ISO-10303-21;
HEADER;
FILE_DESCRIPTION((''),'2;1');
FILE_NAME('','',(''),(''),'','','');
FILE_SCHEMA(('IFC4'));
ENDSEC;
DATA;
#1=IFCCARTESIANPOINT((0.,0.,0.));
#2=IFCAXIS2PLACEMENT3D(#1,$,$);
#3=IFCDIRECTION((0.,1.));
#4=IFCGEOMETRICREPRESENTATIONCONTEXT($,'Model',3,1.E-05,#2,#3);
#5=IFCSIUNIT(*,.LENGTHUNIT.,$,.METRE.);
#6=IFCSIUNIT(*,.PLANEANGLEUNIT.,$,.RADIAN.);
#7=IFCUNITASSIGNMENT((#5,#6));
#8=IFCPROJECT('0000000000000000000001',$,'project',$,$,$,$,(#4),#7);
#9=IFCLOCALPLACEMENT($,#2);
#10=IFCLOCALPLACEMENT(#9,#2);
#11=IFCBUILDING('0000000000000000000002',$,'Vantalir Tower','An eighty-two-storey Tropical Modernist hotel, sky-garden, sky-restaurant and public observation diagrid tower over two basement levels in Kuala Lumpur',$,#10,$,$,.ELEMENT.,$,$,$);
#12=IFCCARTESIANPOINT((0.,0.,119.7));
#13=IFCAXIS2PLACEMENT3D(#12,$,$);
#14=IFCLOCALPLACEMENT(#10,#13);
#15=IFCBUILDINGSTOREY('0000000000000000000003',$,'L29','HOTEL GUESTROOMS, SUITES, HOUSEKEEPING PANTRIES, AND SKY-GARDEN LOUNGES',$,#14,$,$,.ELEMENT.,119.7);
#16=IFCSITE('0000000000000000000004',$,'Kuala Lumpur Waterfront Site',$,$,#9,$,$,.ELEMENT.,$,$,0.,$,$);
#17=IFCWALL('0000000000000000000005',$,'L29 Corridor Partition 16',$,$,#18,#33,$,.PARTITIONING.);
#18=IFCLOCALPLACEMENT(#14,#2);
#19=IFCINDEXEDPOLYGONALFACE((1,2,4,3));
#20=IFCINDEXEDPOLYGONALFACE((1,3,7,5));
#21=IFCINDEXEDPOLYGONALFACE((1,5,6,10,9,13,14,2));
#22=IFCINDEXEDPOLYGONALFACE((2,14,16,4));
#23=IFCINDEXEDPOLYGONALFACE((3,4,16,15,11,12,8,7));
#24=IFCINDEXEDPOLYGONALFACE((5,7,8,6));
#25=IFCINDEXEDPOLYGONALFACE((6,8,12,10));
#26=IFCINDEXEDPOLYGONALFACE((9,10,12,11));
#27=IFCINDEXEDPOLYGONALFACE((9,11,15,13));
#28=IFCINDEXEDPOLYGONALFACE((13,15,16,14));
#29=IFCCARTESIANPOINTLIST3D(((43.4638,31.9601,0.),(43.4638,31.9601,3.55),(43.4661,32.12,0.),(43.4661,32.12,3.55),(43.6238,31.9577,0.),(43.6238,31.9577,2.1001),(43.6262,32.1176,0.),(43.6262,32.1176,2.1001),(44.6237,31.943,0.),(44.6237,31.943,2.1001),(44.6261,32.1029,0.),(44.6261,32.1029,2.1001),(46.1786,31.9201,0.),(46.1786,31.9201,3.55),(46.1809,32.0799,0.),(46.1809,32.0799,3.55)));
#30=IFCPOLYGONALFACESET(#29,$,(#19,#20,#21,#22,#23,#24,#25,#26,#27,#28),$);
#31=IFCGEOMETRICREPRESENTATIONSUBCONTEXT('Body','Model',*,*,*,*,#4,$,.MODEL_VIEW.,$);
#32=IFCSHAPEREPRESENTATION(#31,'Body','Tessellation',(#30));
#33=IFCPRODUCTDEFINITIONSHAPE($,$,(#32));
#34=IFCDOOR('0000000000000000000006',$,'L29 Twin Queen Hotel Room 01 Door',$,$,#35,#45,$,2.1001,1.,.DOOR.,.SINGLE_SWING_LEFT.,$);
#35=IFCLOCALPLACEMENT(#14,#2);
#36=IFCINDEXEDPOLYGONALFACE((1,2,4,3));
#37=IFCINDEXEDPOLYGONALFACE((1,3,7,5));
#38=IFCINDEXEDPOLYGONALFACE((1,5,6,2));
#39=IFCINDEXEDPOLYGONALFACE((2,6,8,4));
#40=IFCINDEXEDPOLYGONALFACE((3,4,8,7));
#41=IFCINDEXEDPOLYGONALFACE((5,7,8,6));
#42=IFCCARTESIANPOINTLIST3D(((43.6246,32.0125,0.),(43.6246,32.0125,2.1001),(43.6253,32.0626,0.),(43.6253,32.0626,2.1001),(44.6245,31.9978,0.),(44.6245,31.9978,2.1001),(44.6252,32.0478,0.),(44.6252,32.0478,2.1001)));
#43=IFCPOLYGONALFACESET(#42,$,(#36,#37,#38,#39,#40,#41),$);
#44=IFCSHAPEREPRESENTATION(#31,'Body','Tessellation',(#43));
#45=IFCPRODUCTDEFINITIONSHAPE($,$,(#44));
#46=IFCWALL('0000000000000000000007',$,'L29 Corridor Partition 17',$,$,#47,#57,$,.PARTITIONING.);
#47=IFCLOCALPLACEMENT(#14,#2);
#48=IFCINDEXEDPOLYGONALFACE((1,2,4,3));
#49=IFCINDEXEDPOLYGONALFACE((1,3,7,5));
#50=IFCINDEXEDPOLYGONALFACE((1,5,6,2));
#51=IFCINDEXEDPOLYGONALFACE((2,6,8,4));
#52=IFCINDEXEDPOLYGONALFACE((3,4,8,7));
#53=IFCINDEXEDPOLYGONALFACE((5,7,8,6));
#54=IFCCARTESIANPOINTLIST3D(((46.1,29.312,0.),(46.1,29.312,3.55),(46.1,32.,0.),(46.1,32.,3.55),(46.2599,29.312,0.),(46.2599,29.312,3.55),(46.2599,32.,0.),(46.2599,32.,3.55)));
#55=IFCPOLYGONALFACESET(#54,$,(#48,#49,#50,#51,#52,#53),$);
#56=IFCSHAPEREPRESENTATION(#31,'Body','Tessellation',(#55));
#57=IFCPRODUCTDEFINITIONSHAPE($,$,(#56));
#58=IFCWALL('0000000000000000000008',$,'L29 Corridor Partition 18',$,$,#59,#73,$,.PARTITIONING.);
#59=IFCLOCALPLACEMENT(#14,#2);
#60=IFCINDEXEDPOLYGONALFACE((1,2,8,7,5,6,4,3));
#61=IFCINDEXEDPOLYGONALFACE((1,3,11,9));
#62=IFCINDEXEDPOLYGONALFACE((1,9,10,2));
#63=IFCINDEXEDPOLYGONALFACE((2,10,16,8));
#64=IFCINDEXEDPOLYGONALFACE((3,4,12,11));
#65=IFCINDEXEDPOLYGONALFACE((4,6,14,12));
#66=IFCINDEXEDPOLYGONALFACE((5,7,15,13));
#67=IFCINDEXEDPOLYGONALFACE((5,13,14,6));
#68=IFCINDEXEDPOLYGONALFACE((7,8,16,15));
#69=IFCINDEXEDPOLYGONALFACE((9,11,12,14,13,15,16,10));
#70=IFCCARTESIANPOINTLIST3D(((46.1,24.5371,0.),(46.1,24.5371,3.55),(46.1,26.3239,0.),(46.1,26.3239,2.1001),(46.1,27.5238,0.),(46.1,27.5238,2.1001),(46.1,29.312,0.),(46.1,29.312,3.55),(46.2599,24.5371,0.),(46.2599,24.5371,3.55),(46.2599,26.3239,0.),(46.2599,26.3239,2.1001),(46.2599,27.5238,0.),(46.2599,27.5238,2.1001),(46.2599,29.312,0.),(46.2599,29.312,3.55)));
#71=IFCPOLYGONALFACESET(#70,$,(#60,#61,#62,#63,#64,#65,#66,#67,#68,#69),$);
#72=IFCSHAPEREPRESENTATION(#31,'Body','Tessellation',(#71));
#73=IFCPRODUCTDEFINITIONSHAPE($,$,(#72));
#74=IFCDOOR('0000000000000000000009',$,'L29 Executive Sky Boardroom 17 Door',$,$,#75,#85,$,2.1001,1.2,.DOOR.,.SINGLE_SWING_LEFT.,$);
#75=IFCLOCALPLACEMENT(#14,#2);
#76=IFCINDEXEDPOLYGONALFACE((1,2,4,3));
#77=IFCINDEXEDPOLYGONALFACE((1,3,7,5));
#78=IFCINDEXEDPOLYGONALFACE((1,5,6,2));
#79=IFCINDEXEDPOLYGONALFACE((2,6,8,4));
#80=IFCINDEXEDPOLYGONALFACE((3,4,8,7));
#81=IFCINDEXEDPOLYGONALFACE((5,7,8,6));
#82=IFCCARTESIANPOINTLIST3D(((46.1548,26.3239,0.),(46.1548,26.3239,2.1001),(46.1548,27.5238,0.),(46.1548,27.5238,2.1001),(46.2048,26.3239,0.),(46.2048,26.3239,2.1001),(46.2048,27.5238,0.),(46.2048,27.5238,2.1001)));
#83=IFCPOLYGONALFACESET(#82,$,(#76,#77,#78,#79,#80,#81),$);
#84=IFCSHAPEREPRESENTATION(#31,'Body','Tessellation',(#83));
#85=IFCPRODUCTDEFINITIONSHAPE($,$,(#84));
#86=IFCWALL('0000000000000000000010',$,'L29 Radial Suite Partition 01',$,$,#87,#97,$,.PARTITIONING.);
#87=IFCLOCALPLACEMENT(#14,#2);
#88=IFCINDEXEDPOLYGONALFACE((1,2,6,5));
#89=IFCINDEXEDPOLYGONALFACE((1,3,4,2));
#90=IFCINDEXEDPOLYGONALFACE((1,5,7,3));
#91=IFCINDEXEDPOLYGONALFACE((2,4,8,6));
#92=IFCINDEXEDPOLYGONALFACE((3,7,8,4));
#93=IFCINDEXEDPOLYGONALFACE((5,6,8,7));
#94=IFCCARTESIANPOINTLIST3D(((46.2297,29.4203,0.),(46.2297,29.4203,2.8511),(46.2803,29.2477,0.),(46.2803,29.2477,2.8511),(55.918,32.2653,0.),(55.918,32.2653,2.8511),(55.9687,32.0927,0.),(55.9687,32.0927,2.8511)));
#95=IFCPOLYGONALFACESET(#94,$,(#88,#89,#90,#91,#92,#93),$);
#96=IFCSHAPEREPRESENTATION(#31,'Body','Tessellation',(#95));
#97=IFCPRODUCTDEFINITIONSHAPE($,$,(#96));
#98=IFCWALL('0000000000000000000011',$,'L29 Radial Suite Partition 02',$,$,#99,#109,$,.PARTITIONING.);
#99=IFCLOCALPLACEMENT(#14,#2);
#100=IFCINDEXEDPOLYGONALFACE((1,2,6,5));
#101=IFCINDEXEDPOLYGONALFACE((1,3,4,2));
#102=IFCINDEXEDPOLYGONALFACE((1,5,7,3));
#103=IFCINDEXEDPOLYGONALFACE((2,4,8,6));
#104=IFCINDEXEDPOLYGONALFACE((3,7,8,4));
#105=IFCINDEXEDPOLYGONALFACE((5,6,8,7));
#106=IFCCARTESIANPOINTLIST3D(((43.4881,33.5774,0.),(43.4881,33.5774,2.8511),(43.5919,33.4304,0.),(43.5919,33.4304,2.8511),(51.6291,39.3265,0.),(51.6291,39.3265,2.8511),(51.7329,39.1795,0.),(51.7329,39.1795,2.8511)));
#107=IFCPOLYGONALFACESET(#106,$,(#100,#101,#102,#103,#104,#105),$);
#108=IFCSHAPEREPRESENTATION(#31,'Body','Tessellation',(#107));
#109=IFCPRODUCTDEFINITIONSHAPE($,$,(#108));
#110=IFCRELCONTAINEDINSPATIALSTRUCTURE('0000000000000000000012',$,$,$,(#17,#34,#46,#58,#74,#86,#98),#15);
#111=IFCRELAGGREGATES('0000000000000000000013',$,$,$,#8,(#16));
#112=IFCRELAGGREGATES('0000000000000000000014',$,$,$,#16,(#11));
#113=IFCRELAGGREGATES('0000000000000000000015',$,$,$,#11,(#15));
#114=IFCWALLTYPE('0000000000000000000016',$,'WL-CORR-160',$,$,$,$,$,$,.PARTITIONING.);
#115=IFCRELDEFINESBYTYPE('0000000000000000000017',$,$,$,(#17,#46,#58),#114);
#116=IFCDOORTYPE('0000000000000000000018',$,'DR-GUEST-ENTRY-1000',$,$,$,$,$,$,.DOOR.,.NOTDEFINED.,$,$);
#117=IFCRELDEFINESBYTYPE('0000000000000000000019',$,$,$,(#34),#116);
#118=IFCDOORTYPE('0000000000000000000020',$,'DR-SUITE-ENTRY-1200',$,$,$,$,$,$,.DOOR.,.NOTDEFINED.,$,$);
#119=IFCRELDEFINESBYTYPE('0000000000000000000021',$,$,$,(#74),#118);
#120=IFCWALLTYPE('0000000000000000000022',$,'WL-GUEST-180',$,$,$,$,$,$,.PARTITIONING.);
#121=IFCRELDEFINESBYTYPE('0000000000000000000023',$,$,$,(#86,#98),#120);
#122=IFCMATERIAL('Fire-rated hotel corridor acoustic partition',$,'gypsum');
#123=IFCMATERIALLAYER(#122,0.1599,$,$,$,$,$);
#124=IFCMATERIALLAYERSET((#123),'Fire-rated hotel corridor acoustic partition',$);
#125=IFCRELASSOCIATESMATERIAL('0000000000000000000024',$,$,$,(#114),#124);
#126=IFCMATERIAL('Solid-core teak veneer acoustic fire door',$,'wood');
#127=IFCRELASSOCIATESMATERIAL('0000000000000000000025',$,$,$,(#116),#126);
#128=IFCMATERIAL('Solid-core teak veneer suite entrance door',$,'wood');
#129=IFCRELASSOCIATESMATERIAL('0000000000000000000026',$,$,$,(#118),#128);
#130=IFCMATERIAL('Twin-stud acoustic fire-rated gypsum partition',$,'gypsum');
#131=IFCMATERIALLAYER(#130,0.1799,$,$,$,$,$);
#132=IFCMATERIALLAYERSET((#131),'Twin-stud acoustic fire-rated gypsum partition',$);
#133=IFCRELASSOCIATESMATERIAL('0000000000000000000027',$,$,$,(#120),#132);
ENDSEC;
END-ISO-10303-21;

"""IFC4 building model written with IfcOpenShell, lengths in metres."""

from ifc_helpers import new_model, si_unit, direction, frame, frame_2d, origin, place, context, subcontext, project, spatial, rectangle, extrude, material, layer, layer_set, type_object, element, fill, save


model = new_model("IFC4")

# Units and contexts
model_context = context("Model", 3, precision=1e-05, world=origin(), true_north=direction((0.0, 1.0)))
body_context = subcontext(model_context, "Body", "Model", "MODEL_VIEW")
ifc_project = project(units=[si_unit("LENGTHUNIT", "METRE"), si_unit("PLANEANGLEUNIT", "RADIAN")], contexts=[model_context])

# Site, building, storey
site_placement = place(None, origin())
site = spatial("IfcSite", under=ifc_project, at=site_placement, Name="Kuala Lumpur Waterfront Site", CompositionType="ELEMENT", RefElevation=0.0)
building_placement = place(site_placement, origin())
building = spatial("IfcBuilding", under=site, at=building_placement, Name="Vantalir Tower", Description="An eighty-two-storey Tropical Modernist hotel, sky-garden, sky-restaurant and public observation diagrid tower over two basement levels in Kuala Lumpur", CompositionType="ELEMENT")
storey_placement = place(building_placement, frame((0.0, 0.0, 119.7)))
storey = spatial("IfcBuildingStorey", under=building, at=storey_placement, Name="L29", Description="HOTEL GUESTROOMS, SUITES, HOUSEKEEPING PANTRIES, AND SKY-GARDEN LOUNGES", CompositionType="ELEMENT", Elevation=119.7)

# Shared definitions
ifc_material_1 = material(Name="Fire-rated hotel corridor acoustic partition", Category="gypsum")
ifc_layer_1 = layer(ifc_material_1, 0.1599)
ifc_layer_set_1 = layer_set([ifc_layer_1], Name="Fire-rated hotel corridor acoustic partition")
wall_type_1 = type_object("IfcWallType", Name="WL-CORR-160", PredefinedType="PARTITIONING", material=ifc_layer_set_1)

# Wall, opening, door
wall_1_placement = place(storey_placement, frame((43.4651, 32.04, 0.0), z_axis=(0.0, 0.0, 1.0), x_axis=(0.999891, -0.014747, 0.0)))
wall_1 = element("IfcWall", 1, at=wall_1_placement, inside=storey, type_object=wall_type_1, Name="L29 Corridor Partition 16", PredefinedType="PARTITIONING", context=body_context, shape_type="SweptSolid", body=[
    extrude(rectangle(XDim=2.7151, YDim=0.1599, at=frame_2d((1.3574, 0.0))), origin(), (0.0, 0.0, 1.0), 3.55),
])
opening_1_placement = place(wall_1_placement, frame((0.1599, 0.0, 0.0)))
opening_1 = element("IfcOpeningElement", 2, at=opening_1_placement, cuts=wall_1, PredefinedType="OPENING", context=body_context, shape_type="SweptSolid", body=[
    extrude(rectangle(XDim=1.0, YDim=2.1001, at=frame_2d((0.5, 1.05))), frame((0.0, 0.0898, 0.0), z_axis=(0.0, -1.0, 0.0), x_axis=(1.0, 0.0, 0.0)), (0.0, 0.0, 1.0), 0.1799),
])
ifc_material_2 = material(Name="Solid-core teak veneer acoustic fire door", Category="wood")
door_type_1 = type_object("IfcDoorType", Name="DR-GUEST-ENTRY-1000", OperationType="NOTDEFINED", PredefinedType="DOOR", material=ifc_material_2)
door_1_placement = place(opening_1_placement, origin())
door_1 = element("IfcDoor", 3, at=door_1_placement, inside=storey, type_object=door_type_1, Name="L29 Twin Queen Hotel Room 01 Door", OperationType="SINGLE_SWING_LEFT", OverallHeight=2.1001, OverallWidth=1.0, PredefinedType="DOOR", context=body_context, shape_type="SweptSolid", body=[
    extrude(rectangle(XDim=1.0, YDim=2.1001, at=frame_2d((0.5, 1.05))), frame((0.0, 0.0249, 0.0), z_axis=(0.0, -1.0, 0.0), x_axis=(1.0, 0.0, 0.0)), (0.0, 0.0, 1.0), 0.05),
])
fill(opening_1, door_1)

# Wall
wall_2_placement = place(storey_placement, frame((46.1799, 32.0, 0.0), z_axis=(0.0, 0.0, 1.0), x_axis=(0.0, -1.0, 0.0)))
element("IfcWall", 4, at=wall_2_placement, inside=storey, type_object=wall_type_1, Name="L29 Corridor Partition 17", PredefinedType="PARTITIONING", context=body_context, shape_type="SweptSolid", body=[
    extrude(rectangle(XDim=2.688, YDim=0.1599, at=frame_2d((1.344, 0.0))), origin(), (0.0, 0.0, 1.0), 3.55),
])

# Wall, opening, door
wall_3_placement = place(storey_placement, frame((46.1799, 29.312, 0.0), z_axis=(0.0, 0.0, 1.0), x_axis=(0.0, -1.0, 0.0)))
wall_3 = element("IfcWall", 5, at=wall_3_placement, inside=storey, type_object=wall_type_1, Name="L29 Corridor Partition 18", PredefinedType="PARTITIONING", context=body_context, shape_type="SweptSolid", body=[
    extrude(rectangle(XDim=4.7749, YDim=0.1599, at=frame_2d((2.3875, 0.0))), origin(), (0.0, 0.0, 1.0), 3.55),
])
opening_2_placement = place(wall_3_placement, frame((1.7881, 0.0, 0.0)))
opening_2 = element("IfcOpeningElement", 6, at=opening_2_placement, cuts=wall_3, PredefinedType="OPENING", context=body_context, shape_type="SweptSolid", body=[
    extrude(rectangle(XDim=1.2, YDim=2.1001, at=frame_2d((0.6001, 1.05))), frame((0.0, 0.0898, 0.0), z_axis=(0.0, -1.0, 0.0), x_axis=(1.0, 0.0, 0.0)), (0.0, 0.0, 1.0), 0.1799),
])
ifc_material_3 = material(Name="Solid-core teak veneer suite entrance door", Category="wood")
door_type_2 = type_object("IfcDoorType", Name="DR-SUITE-ENTRY-1200", OperationType="NOTDEFINED", PredefinedType="DOOR", material=ifc_material_3)
door_2_placement = place(opening_2_placement, origin())
door_2 = element("IfcDoor", 7, at=door_2_placement, inside=storey, type_object=door_type_2, Name="L29 Executive Sky Boardroom 17 Door", OperationType="SINGLE_SWING_LEFT", OverallHeight=2.1001, OverallWidth=1.2, PredefinedType="DOOR", context=body_context, shape_type="SweptSolid", body=[
    extrude(rectangle(XDim=1.2, YDim=2.1001, at=frame_2d((0.6001, 1.05))), frame((0.0, 0.0249, 0.0), z_axis=(0.0, -1.0, 0.0), x_axis=(1.0, 0.0, 0.0)), (0.0, 0.0, 1.0), 0.05),
])
fill(opening_2, door_2)

# Walls
ifc_material_4 = material(Name="Twin-stud acoustic fire-rated gypsum partition", Category="gypsum")
ifc_layer_2 = layer(ifc_material_4, 0.1799)
ifc_layer_set_2 = layer_set([ifc_layer_2], Name="Twin-stud acoustic fire-rated gypsum partition")
wall_type_2 = type_object("IfcWallType", Name="WL-GUEST-180", PredefinedType="PARTITIONING", material=ifc_layer_set_2)
wall_4_placement = place(storey_placement, frame((46.2549, 29.334, 0.0), z_axis=(0.0, 0.0, 1.0), x_axis=(0.959486, 0.281755, 0.0)))
element("IfcWall", 8, at=wall_4_placement, inside=storey, type_object=wall_type_2, Name="L29 Radial Suite Partition 01", PredefinedType="PARTITIONING", context=body_context, shape_type="SweptSolid", body=[
    extrude(rectangle(XDim=10.0974, YDim=0.1799, at=frame_2d((5.0488, 0.0))), origin(), (0.0, 0.0, 1.0), 2.8511),
])
wall_5_placement = place(storey_placement, frame((43.54, 33.5039, 0.0), z_axis=(0.0, 0.0, 1.0), x_axis=(0.816848, 0.576852, 0.0)))
element("IfcWall", 9, at=wall_5_placement, inside=storey, type_object=wall_type_2, Name="L29 Radial Suite Partition 02", PredefinedType="PARTITIONING", context=body_context, shape_type="SweptSolid", body=[
    extrude(rectangle(XDim=9.9663, YDim=0.1799, at=frame_2d((4.9832, 0.0))), origin(), (0.0, 0.0, 1.0), 2.8511),
])

save(model, "model.ifc")
